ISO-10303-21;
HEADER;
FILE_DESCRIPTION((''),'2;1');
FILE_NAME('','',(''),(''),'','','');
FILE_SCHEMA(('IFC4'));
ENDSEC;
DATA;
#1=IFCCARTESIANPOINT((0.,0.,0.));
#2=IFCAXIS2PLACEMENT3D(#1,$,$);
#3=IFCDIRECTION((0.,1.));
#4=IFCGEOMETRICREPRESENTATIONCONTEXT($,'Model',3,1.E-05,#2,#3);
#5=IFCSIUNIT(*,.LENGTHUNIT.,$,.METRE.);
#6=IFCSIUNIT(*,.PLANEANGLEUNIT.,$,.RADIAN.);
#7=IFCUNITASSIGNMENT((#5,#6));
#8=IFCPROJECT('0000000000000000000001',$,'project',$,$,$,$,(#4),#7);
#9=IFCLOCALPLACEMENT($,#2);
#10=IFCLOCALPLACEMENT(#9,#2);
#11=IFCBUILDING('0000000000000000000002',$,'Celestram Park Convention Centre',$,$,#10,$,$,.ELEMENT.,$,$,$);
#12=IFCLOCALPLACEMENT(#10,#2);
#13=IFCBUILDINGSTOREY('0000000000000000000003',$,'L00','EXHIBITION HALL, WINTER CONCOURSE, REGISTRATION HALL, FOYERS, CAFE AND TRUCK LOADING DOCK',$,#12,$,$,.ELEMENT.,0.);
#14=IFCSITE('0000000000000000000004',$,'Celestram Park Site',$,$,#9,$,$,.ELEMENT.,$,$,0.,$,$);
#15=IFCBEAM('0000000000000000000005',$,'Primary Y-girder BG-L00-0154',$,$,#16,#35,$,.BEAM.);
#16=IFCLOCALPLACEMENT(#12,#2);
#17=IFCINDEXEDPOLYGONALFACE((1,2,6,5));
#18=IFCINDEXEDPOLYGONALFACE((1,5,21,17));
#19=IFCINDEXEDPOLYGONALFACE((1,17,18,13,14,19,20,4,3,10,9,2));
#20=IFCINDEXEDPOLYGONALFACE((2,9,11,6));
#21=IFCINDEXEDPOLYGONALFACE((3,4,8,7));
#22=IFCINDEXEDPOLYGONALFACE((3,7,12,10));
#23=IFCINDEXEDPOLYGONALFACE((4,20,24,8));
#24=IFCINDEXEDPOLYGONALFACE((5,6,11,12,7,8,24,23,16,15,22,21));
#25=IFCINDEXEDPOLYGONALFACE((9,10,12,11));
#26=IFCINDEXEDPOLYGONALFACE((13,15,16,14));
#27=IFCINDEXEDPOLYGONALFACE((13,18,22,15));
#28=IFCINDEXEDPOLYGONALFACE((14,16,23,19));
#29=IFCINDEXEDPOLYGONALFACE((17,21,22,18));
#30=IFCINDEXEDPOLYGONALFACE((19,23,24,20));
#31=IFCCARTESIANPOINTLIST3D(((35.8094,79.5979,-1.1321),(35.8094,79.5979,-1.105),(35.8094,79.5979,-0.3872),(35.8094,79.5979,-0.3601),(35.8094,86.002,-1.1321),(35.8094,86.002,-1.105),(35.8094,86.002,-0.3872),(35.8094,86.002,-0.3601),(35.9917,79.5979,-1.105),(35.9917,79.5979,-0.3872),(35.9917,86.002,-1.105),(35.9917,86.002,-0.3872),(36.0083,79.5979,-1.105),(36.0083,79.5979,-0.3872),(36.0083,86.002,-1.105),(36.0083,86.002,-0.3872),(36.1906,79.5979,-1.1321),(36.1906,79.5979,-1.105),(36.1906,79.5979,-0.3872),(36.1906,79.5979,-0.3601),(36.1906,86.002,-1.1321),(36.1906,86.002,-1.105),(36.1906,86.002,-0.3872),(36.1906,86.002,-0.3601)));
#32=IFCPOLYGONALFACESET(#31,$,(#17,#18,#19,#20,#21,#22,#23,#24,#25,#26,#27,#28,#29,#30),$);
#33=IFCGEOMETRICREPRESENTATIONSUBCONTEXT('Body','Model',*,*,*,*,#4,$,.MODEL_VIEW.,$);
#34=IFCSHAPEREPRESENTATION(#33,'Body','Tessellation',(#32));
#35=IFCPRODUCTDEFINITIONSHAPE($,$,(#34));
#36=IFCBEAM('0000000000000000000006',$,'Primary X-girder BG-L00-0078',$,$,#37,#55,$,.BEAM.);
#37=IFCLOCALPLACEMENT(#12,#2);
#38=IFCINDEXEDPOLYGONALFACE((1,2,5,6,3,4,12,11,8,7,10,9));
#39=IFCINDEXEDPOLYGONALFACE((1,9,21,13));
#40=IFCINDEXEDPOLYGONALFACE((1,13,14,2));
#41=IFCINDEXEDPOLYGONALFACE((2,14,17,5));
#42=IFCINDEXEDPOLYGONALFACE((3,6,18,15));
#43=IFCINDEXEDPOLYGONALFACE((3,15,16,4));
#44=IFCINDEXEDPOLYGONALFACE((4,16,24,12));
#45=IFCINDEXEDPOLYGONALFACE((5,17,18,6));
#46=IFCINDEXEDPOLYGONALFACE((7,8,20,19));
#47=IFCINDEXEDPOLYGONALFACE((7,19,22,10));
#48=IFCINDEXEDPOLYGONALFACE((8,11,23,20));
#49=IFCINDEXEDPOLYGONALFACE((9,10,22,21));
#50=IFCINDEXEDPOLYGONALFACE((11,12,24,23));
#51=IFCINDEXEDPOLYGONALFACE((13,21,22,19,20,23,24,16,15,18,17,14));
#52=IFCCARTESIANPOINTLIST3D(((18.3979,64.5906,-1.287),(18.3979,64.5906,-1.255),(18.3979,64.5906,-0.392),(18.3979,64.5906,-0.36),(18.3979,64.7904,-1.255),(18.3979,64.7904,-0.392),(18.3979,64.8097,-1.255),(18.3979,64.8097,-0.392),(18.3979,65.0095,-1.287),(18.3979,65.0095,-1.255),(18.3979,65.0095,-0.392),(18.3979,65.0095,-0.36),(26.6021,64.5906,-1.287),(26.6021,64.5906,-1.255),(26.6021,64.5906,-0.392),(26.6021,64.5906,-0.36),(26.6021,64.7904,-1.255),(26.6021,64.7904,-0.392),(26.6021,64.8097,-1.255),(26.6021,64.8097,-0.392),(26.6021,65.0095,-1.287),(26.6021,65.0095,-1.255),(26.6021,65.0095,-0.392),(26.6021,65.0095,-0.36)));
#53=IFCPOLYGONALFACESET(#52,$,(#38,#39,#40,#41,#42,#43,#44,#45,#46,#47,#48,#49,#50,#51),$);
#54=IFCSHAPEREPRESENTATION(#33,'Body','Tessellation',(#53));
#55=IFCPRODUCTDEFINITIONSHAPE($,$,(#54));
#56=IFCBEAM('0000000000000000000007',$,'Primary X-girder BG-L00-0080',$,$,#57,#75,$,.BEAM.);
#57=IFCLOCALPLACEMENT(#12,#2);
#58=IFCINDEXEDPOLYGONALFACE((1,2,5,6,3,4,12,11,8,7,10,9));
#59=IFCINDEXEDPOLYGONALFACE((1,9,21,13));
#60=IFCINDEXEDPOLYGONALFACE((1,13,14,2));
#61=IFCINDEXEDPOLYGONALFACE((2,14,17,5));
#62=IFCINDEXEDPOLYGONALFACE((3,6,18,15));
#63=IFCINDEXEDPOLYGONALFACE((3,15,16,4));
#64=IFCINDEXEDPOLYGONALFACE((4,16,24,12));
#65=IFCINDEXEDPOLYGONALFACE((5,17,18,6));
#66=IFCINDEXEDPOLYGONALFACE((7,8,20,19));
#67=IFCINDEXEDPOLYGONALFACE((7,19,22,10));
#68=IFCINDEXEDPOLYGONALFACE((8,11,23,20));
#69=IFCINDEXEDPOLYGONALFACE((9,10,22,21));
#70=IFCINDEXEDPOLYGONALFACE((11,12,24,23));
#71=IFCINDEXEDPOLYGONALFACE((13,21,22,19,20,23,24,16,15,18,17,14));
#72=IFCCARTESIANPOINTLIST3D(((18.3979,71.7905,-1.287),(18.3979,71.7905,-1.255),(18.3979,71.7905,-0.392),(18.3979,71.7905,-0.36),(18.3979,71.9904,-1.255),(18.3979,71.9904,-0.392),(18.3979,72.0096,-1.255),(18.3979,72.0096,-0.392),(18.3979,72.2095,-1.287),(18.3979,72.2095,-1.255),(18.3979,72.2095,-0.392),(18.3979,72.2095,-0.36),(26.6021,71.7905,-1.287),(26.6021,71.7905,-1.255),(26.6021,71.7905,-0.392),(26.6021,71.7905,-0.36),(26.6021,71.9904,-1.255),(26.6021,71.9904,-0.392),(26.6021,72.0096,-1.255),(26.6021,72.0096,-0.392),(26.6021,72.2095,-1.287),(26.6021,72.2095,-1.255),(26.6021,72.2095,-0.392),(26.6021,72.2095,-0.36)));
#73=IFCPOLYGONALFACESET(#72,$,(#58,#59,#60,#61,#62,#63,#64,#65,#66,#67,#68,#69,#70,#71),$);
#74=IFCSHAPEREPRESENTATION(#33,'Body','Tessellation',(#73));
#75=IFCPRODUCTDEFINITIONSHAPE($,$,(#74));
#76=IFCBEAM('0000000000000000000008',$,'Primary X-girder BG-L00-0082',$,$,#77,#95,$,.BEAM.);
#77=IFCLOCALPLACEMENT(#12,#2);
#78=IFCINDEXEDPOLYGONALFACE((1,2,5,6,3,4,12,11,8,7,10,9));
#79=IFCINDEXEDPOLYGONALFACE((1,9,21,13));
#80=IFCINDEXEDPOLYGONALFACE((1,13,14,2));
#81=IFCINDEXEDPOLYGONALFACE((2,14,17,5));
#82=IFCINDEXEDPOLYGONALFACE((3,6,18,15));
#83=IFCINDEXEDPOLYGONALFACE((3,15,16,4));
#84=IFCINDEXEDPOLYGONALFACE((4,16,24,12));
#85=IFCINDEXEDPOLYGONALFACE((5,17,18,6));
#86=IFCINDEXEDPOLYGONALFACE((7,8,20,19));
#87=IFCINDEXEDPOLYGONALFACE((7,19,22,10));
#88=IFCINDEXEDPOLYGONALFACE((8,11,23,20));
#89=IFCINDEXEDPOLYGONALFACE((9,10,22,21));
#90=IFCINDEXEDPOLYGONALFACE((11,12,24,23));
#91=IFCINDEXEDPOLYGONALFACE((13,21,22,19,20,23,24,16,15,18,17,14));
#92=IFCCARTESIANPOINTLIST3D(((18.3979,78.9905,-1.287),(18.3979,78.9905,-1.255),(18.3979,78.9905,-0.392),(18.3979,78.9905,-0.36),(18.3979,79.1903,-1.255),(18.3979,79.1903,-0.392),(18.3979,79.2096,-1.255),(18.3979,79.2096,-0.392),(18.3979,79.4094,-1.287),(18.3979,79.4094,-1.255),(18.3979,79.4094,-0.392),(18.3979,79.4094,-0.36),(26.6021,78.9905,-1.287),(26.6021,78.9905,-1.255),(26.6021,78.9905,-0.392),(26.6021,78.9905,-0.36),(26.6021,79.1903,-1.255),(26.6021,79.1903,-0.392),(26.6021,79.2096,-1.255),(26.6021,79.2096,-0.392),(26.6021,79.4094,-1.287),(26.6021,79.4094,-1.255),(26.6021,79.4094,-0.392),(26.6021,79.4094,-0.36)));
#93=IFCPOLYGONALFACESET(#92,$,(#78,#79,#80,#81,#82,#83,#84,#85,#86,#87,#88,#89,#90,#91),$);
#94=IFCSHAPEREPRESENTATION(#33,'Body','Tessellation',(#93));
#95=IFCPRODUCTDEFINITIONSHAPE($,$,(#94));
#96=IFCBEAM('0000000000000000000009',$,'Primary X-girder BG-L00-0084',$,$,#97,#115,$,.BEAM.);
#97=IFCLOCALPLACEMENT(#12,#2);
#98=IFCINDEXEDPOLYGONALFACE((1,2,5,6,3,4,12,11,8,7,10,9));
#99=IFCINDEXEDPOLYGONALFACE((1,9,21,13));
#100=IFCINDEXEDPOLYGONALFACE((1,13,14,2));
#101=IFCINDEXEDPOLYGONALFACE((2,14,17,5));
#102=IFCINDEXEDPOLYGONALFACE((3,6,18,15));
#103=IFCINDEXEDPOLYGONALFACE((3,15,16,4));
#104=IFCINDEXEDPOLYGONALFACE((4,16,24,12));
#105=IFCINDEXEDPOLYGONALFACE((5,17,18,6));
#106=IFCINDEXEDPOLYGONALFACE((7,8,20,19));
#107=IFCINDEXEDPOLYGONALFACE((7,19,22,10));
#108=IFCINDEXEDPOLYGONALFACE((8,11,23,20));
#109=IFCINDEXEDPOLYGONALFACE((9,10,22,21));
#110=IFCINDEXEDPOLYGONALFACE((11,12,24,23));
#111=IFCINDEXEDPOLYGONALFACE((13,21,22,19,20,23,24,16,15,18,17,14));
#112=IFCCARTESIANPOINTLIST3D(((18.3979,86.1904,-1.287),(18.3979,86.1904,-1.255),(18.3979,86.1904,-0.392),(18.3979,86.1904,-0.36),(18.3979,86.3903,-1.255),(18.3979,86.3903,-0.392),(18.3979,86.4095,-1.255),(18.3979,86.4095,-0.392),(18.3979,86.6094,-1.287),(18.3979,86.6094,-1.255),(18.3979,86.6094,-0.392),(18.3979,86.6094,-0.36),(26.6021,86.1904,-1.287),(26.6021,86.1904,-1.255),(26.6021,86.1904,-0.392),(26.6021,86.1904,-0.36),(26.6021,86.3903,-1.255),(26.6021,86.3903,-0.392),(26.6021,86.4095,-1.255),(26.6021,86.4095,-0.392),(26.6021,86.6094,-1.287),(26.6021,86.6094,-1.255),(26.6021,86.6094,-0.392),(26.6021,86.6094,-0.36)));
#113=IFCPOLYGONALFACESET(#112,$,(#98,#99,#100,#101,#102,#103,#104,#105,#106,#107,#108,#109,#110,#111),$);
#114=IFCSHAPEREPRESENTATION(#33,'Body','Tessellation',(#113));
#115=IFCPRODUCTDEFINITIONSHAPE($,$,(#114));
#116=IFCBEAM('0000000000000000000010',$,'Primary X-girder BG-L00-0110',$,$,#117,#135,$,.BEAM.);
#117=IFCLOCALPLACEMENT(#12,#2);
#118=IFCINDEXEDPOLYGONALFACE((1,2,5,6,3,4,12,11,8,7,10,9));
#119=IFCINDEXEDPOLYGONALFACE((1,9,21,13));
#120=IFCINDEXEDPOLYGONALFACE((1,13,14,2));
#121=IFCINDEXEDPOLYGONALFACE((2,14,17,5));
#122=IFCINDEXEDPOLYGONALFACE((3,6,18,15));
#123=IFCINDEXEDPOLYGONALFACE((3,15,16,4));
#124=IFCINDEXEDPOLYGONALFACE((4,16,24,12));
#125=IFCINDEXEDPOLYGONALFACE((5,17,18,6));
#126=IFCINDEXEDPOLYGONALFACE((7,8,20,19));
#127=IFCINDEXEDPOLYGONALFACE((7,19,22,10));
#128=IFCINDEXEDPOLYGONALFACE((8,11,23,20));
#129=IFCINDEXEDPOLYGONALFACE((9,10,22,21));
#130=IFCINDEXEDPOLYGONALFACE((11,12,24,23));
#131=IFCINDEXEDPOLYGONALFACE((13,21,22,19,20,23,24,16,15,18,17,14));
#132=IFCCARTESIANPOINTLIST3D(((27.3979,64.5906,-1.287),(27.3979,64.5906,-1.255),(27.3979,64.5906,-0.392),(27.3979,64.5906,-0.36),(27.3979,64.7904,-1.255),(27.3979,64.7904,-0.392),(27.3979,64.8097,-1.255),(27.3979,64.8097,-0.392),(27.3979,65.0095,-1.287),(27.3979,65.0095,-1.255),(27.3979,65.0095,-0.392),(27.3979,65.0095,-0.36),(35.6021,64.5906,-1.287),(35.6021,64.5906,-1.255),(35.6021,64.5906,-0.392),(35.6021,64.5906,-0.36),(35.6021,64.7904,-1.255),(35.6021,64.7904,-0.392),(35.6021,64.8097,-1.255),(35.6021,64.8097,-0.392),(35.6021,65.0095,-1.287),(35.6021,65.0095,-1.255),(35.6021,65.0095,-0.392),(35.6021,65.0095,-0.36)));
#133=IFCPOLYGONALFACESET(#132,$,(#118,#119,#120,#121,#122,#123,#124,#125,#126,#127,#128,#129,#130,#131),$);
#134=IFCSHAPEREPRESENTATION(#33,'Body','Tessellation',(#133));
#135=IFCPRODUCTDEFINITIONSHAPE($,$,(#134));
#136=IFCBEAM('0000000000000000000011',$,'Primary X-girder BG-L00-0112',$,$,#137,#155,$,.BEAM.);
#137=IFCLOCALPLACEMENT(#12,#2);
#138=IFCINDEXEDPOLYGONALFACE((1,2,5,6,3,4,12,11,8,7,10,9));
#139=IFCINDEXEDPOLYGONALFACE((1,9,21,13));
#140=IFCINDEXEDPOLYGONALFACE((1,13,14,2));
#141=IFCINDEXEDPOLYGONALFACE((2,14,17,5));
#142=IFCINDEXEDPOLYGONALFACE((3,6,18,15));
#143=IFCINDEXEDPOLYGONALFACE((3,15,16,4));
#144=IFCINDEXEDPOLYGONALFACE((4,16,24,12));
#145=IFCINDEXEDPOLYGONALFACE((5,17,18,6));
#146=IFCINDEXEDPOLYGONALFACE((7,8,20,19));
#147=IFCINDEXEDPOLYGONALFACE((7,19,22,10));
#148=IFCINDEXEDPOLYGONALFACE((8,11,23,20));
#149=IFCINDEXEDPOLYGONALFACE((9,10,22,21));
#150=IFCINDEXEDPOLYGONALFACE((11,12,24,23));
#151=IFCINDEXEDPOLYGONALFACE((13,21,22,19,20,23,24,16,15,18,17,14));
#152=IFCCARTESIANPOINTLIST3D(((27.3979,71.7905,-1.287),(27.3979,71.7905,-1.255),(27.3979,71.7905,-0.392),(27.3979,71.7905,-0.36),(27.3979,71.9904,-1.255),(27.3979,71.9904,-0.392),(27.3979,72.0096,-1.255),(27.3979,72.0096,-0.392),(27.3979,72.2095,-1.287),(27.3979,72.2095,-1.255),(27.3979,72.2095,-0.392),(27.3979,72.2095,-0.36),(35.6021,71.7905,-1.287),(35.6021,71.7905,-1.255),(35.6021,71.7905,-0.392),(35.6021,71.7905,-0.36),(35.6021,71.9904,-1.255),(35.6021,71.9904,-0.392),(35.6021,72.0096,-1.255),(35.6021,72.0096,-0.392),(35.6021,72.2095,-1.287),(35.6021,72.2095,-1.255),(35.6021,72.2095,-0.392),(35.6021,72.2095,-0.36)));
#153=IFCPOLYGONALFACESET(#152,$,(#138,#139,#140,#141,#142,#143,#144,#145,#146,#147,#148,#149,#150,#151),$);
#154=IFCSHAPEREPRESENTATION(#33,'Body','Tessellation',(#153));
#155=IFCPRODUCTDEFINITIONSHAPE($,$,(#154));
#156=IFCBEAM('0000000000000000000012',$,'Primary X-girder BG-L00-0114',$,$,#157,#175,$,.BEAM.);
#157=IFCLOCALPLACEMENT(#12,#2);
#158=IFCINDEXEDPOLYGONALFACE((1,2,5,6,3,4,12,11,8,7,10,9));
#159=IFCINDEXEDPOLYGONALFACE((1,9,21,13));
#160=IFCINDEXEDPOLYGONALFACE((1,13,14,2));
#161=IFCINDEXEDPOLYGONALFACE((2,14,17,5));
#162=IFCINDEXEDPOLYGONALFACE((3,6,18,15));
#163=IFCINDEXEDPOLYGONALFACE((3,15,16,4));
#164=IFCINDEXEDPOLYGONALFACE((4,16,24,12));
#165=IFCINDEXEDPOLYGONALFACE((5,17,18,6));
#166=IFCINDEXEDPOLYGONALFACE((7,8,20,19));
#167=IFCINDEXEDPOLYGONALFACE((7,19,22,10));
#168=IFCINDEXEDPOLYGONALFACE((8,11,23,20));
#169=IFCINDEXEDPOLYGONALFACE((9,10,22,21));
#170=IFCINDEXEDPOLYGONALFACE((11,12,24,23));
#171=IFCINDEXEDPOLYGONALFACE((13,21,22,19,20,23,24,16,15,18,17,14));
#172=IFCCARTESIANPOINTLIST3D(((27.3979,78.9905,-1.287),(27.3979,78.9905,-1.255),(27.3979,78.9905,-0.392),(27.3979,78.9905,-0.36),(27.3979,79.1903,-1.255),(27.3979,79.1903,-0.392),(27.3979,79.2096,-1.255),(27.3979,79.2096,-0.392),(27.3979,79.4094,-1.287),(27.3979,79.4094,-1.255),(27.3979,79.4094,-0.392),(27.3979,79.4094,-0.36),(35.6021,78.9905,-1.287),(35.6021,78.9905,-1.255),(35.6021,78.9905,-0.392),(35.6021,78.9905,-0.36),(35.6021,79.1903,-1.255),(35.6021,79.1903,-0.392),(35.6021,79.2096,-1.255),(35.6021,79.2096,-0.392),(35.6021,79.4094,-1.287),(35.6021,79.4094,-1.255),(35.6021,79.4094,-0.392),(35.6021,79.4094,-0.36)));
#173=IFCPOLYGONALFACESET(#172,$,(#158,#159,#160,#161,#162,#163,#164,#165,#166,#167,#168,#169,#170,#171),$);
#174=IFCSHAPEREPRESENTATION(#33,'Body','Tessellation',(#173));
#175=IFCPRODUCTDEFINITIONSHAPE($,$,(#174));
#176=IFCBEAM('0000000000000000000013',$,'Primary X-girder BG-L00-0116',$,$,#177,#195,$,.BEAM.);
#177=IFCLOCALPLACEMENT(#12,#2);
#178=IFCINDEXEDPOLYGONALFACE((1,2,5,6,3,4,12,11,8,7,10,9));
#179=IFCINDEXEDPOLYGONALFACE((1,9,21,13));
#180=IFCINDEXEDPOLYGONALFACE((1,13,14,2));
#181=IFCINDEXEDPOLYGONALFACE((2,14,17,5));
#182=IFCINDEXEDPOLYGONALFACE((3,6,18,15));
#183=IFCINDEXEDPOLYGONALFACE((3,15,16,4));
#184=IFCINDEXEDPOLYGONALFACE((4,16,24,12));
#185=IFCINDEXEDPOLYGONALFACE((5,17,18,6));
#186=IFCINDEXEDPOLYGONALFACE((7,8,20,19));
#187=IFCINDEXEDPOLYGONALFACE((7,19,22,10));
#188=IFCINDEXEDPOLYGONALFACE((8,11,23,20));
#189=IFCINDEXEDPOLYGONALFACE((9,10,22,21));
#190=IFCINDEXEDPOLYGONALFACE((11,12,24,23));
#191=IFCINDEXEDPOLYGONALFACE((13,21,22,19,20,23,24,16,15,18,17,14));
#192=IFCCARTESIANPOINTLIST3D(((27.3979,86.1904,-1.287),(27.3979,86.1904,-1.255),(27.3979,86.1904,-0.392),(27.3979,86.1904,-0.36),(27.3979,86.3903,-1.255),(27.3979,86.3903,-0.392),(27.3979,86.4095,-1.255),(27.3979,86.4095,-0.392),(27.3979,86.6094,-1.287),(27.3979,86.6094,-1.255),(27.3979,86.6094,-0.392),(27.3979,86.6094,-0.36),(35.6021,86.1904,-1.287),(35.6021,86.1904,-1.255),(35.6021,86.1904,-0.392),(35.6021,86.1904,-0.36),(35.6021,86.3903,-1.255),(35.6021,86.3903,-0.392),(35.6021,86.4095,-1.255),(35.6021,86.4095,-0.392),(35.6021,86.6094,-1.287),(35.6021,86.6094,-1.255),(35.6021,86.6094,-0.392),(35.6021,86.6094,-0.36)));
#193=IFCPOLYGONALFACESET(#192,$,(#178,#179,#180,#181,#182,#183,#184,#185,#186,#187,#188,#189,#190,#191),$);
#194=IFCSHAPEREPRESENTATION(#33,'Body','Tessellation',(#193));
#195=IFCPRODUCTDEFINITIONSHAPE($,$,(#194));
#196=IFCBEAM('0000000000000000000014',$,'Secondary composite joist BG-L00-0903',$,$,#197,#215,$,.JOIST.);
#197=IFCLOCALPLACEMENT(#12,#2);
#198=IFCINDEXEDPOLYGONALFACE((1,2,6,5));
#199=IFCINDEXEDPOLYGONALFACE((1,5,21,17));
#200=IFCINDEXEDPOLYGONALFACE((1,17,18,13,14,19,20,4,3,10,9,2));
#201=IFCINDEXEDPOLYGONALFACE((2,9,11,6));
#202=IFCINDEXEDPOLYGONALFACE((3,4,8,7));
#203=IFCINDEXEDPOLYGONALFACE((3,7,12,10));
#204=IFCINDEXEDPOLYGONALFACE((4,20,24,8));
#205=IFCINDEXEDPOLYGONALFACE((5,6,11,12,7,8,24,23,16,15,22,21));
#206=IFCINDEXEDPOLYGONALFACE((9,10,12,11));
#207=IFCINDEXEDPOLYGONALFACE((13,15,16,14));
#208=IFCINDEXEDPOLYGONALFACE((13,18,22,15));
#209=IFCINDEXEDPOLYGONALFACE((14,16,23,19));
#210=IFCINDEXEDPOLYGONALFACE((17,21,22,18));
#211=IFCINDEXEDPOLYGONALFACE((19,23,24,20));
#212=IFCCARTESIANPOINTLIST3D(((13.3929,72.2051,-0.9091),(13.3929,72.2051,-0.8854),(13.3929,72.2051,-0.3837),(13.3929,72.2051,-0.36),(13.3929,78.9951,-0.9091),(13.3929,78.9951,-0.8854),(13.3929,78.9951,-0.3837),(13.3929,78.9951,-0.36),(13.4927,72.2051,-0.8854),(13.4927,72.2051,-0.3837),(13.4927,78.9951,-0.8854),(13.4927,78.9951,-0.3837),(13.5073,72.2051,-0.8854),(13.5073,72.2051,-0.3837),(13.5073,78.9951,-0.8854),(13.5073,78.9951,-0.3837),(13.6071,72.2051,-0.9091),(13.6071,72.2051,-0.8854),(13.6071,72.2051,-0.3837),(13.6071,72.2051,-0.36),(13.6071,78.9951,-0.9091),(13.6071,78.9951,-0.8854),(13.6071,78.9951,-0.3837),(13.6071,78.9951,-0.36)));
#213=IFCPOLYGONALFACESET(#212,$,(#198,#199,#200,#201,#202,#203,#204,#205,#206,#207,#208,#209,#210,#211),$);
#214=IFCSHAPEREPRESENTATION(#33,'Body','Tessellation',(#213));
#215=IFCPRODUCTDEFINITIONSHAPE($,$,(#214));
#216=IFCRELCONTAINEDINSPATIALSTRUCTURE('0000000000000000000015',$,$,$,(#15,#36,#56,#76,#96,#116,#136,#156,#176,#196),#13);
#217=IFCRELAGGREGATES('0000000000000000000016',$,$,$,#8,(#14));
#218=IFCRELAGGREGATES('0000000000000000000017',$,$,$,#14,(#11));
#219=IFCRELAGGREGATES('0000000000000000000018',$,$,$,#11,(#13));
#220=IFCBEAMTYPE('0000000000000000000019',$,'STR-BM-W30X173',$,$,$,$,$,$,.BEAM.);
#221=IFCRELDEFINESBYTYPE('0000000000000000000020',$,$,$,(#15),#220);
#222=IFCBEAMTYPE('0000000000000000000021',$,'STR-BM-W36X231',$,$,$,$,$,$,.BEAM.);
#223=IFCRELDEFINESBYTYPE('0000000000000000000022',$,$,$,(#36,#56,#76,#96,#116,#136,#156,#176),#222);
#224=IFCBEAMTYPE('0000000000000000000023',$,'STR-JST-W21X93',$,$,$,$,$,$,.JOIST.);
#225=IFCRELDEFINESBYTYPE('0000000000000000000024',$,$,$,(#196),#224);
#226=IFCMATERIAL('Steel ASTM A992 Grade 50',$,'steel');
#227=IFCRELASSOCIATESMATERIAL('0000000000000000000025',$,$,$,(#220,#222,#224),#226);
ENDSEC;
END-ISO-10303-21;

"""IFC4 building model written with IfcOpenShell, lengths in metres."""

from ifc_helpers import new_model, si_unit, direction, frame, origin, origin_2d, place, context, subcontext, project, spatial, i_section, extrude, material, material_profile, profile_set, type_object, element, save


model = new_model("IFC4")

# Units and contexts
model_context = context("Model", 3, precision=1e-05, world=origin(), true_north=direction((0.0, 1.0)))
body_context = subcontext(model_context, "Body", "Model", "MODEL_VIEW")
ifc_project = project(units=[si_unit("LENGTHUNIT", "METRE"), si_unit("PLANEANGLEUNIT", "RADIAN")], contexts=[model_context])

# Site, building, storey
site_placement = place(None, origin())
site = spatial("IfcSite", under=ifc_project, at=site_placement, Name="Celestram Park Site", CompositionType="ELEMENT", RefElevation=0.0)
building_placement = place(site_placement, origin())
building = spatial("IfcBuilding", under=site, at=building_placement, Name="Celestram Park Convention Centre", CompositionType="ELEMENT")
storey_placement = place(building_placement, origin())
storey = spatial("IfcBuildingStorey", under=building, at=storey_placement, Name="L00", Description="EXHIBITION HALL, WINTER CONCOURSE, REGISTRATION HALL, FOYERS, CAFE AND TRUCK LOADING DOCK", CompositionType="ELEMENT", Elevation=0.0)

# Beams
ifc_material = material(Name="Steel ASTM A992 Grade 50", Category="steel")
ifc_material_profile_1 = material_profile(ifc_material, i_section(OverallWidth=0.3811, OverallDepth=0.772, WebThickness=0.0166, FlangeThickness=0.0271, at=origin_2d()), Name="W30X173")
ifc_profile_set_1 = profile_set([ifc_material_profile_1], Name="Steel ASTM A992 Grade 50")
beam_type_1 = type_object("IfcBeamType", Name="STR-BM-W30X173", PredefinedType="BEAM", material=ifc_profile_set_1)
for number, where, z_axis, x_axis, name in (
    (1, (36.0, 79.5979, -0.7461), (0.0, 1.0, 0.0), (-1.0, 0.0, 0.0), "Primary Y-girder BG-L00-0154"),
):
    element("IfcBeam", number, at=place(storey_placement, frame(where, z_axis=z_axis, x_axis=x_axis)), inside=storey, type_object=beam_type_1, Name=name, PredefinedType="BEAM", context=body_context, shape_type="SweptSolid", body=[
        extrude(i_section(OverallWidth=0.3811, OverallDepth=0.772, WebThickness=0.0166, FlangeThickness=0.0271, at=origin_2d()), origin(), (0.0, 0.0, 1.0), 6.4041),
    ])
ifc_material_profile_2 = material_profile(ifc_material, i_section(OverallWidth=0.4189, OverallDepth=0.927, WebThickness=0.0193, FlangeThickness=0.032, at=origin_2d()), Name="W36X231")
ifc_profile_set_2 = profile_set([ifc_material_profile_2], Name="Steel ASTM A992 Grade 50")
beam_type_2 = type_object("IfcBeamType", Name="STR-BM-W36X231", PredefinedType="BEAM", material=ifc_profile_set_2)
for number, where, z_axis, x_axis, name in (
    (2, (18.3979, 64.8, -0.8235), (1.0, 0.0, 0.0), (0.0, 1.0, 0.0), "Primary X-girder BG-L00-0078"),
    (3, (18.3979, 72.0, -0.8235), (1.0, 0.0, 0.0), (0.0, 1.0, 0.0), "Primary X-girder BG-L00-0080"),
    (4, (18.3979, 79.2, -0.8235), (1.0, 0.0, 0.0), (0.0, 1.0, 0.0), "Primary X-girder BG-L00-0082"),
    (5, (18.3979, 86.3999, -0.8235), (1.0, 0.0, 0.0), (0.0, 1.0, 0.0), "Primary X-girder BG-L00-0084"),
    (6, (27.3979, 64.8, -0.8235), (1.0, 0.0, 0.0), (0.0, 1.0, 0.0), "Primary X-girder BG-L00-0110"),
    (7, (27.3979, 72.0, -0.8235), (1.0, 0.0, 0.0), (0.0, 1.0, 0.0), "Primary X-girder BG-L00-0112"),
    (8, (27.3979, 79.2, -0.8235), (1.0, 0.0, 0.0), (0.0, 1.0, 0.0), "Primary X-girder BG-L00-0114"),
    (9, (27.3979, 86.3999, -0.8235), (1.0, 0.0, 0.0), (0.0, 1.0, 0.0), "Primary X-girder BG-L00-0116"),
):
    element("IfcBeam", number, at=place(storey_placement, frame(where, z_axis=z_axis, x_axis=x_axis)), inside=storey, type_object=beam_type_2, Name=name, PredefinedType="BEAM", context=body_context, shape_type="SweptSolid", body=[
        extrude(i_section(OverallWidth=0.4189, OverallDepth=0.927, WebThickness=0.0193, FlangeThickness=0.032, at=origin_2d()), origin(), (0.0, 0.0, 1.0), 8.2041),
    ])
ifc_material_profile_3 = material_profile(ifc_material, i_section(OverallWidth=0.2141, OverallDepth=0.5491, WebThickness=0.0146, FlangeThickness=0.0237, at=origin_2d()), Name="W21X93")
ifc_profile_set_3 = profile_set([ifc_material_profile_3], Name="Steel ASTM A992 Grade 50")
beam_type_3 = type_object("IfcBeamType", Name="STR-JST-W21X93", PredefinedType="JOIST", material=ifc_profile_set_3)
for number, where, z_axis, x_axis, name in (
    (10, (13.5, 72.2051, -0.6345), (0.0, 1.0, 0.0), (-1.0, 0.0, 0.0), "Secondary composite joist BG-L00-0903"),
):
    element("IfcBeam", number, at=place(storey_placement, frame(where, z_axis=z_axis, x_axis=x_axis)), inside=storey, type_object=beam_type_3, Name=name, PredefinedType="JOIST", context=body_context, shape_type="SweptSolid", body=[
        extrude(i_section(OverallWidth=0.2141, OverallDepth=0.5491, WebThickness=0.0146, FlangeThickness=0.0237, at=origin_2d()), origin(), (0.0, 0.0, 1.0), 6.79),
    ])

save(model, "model.ifc")
